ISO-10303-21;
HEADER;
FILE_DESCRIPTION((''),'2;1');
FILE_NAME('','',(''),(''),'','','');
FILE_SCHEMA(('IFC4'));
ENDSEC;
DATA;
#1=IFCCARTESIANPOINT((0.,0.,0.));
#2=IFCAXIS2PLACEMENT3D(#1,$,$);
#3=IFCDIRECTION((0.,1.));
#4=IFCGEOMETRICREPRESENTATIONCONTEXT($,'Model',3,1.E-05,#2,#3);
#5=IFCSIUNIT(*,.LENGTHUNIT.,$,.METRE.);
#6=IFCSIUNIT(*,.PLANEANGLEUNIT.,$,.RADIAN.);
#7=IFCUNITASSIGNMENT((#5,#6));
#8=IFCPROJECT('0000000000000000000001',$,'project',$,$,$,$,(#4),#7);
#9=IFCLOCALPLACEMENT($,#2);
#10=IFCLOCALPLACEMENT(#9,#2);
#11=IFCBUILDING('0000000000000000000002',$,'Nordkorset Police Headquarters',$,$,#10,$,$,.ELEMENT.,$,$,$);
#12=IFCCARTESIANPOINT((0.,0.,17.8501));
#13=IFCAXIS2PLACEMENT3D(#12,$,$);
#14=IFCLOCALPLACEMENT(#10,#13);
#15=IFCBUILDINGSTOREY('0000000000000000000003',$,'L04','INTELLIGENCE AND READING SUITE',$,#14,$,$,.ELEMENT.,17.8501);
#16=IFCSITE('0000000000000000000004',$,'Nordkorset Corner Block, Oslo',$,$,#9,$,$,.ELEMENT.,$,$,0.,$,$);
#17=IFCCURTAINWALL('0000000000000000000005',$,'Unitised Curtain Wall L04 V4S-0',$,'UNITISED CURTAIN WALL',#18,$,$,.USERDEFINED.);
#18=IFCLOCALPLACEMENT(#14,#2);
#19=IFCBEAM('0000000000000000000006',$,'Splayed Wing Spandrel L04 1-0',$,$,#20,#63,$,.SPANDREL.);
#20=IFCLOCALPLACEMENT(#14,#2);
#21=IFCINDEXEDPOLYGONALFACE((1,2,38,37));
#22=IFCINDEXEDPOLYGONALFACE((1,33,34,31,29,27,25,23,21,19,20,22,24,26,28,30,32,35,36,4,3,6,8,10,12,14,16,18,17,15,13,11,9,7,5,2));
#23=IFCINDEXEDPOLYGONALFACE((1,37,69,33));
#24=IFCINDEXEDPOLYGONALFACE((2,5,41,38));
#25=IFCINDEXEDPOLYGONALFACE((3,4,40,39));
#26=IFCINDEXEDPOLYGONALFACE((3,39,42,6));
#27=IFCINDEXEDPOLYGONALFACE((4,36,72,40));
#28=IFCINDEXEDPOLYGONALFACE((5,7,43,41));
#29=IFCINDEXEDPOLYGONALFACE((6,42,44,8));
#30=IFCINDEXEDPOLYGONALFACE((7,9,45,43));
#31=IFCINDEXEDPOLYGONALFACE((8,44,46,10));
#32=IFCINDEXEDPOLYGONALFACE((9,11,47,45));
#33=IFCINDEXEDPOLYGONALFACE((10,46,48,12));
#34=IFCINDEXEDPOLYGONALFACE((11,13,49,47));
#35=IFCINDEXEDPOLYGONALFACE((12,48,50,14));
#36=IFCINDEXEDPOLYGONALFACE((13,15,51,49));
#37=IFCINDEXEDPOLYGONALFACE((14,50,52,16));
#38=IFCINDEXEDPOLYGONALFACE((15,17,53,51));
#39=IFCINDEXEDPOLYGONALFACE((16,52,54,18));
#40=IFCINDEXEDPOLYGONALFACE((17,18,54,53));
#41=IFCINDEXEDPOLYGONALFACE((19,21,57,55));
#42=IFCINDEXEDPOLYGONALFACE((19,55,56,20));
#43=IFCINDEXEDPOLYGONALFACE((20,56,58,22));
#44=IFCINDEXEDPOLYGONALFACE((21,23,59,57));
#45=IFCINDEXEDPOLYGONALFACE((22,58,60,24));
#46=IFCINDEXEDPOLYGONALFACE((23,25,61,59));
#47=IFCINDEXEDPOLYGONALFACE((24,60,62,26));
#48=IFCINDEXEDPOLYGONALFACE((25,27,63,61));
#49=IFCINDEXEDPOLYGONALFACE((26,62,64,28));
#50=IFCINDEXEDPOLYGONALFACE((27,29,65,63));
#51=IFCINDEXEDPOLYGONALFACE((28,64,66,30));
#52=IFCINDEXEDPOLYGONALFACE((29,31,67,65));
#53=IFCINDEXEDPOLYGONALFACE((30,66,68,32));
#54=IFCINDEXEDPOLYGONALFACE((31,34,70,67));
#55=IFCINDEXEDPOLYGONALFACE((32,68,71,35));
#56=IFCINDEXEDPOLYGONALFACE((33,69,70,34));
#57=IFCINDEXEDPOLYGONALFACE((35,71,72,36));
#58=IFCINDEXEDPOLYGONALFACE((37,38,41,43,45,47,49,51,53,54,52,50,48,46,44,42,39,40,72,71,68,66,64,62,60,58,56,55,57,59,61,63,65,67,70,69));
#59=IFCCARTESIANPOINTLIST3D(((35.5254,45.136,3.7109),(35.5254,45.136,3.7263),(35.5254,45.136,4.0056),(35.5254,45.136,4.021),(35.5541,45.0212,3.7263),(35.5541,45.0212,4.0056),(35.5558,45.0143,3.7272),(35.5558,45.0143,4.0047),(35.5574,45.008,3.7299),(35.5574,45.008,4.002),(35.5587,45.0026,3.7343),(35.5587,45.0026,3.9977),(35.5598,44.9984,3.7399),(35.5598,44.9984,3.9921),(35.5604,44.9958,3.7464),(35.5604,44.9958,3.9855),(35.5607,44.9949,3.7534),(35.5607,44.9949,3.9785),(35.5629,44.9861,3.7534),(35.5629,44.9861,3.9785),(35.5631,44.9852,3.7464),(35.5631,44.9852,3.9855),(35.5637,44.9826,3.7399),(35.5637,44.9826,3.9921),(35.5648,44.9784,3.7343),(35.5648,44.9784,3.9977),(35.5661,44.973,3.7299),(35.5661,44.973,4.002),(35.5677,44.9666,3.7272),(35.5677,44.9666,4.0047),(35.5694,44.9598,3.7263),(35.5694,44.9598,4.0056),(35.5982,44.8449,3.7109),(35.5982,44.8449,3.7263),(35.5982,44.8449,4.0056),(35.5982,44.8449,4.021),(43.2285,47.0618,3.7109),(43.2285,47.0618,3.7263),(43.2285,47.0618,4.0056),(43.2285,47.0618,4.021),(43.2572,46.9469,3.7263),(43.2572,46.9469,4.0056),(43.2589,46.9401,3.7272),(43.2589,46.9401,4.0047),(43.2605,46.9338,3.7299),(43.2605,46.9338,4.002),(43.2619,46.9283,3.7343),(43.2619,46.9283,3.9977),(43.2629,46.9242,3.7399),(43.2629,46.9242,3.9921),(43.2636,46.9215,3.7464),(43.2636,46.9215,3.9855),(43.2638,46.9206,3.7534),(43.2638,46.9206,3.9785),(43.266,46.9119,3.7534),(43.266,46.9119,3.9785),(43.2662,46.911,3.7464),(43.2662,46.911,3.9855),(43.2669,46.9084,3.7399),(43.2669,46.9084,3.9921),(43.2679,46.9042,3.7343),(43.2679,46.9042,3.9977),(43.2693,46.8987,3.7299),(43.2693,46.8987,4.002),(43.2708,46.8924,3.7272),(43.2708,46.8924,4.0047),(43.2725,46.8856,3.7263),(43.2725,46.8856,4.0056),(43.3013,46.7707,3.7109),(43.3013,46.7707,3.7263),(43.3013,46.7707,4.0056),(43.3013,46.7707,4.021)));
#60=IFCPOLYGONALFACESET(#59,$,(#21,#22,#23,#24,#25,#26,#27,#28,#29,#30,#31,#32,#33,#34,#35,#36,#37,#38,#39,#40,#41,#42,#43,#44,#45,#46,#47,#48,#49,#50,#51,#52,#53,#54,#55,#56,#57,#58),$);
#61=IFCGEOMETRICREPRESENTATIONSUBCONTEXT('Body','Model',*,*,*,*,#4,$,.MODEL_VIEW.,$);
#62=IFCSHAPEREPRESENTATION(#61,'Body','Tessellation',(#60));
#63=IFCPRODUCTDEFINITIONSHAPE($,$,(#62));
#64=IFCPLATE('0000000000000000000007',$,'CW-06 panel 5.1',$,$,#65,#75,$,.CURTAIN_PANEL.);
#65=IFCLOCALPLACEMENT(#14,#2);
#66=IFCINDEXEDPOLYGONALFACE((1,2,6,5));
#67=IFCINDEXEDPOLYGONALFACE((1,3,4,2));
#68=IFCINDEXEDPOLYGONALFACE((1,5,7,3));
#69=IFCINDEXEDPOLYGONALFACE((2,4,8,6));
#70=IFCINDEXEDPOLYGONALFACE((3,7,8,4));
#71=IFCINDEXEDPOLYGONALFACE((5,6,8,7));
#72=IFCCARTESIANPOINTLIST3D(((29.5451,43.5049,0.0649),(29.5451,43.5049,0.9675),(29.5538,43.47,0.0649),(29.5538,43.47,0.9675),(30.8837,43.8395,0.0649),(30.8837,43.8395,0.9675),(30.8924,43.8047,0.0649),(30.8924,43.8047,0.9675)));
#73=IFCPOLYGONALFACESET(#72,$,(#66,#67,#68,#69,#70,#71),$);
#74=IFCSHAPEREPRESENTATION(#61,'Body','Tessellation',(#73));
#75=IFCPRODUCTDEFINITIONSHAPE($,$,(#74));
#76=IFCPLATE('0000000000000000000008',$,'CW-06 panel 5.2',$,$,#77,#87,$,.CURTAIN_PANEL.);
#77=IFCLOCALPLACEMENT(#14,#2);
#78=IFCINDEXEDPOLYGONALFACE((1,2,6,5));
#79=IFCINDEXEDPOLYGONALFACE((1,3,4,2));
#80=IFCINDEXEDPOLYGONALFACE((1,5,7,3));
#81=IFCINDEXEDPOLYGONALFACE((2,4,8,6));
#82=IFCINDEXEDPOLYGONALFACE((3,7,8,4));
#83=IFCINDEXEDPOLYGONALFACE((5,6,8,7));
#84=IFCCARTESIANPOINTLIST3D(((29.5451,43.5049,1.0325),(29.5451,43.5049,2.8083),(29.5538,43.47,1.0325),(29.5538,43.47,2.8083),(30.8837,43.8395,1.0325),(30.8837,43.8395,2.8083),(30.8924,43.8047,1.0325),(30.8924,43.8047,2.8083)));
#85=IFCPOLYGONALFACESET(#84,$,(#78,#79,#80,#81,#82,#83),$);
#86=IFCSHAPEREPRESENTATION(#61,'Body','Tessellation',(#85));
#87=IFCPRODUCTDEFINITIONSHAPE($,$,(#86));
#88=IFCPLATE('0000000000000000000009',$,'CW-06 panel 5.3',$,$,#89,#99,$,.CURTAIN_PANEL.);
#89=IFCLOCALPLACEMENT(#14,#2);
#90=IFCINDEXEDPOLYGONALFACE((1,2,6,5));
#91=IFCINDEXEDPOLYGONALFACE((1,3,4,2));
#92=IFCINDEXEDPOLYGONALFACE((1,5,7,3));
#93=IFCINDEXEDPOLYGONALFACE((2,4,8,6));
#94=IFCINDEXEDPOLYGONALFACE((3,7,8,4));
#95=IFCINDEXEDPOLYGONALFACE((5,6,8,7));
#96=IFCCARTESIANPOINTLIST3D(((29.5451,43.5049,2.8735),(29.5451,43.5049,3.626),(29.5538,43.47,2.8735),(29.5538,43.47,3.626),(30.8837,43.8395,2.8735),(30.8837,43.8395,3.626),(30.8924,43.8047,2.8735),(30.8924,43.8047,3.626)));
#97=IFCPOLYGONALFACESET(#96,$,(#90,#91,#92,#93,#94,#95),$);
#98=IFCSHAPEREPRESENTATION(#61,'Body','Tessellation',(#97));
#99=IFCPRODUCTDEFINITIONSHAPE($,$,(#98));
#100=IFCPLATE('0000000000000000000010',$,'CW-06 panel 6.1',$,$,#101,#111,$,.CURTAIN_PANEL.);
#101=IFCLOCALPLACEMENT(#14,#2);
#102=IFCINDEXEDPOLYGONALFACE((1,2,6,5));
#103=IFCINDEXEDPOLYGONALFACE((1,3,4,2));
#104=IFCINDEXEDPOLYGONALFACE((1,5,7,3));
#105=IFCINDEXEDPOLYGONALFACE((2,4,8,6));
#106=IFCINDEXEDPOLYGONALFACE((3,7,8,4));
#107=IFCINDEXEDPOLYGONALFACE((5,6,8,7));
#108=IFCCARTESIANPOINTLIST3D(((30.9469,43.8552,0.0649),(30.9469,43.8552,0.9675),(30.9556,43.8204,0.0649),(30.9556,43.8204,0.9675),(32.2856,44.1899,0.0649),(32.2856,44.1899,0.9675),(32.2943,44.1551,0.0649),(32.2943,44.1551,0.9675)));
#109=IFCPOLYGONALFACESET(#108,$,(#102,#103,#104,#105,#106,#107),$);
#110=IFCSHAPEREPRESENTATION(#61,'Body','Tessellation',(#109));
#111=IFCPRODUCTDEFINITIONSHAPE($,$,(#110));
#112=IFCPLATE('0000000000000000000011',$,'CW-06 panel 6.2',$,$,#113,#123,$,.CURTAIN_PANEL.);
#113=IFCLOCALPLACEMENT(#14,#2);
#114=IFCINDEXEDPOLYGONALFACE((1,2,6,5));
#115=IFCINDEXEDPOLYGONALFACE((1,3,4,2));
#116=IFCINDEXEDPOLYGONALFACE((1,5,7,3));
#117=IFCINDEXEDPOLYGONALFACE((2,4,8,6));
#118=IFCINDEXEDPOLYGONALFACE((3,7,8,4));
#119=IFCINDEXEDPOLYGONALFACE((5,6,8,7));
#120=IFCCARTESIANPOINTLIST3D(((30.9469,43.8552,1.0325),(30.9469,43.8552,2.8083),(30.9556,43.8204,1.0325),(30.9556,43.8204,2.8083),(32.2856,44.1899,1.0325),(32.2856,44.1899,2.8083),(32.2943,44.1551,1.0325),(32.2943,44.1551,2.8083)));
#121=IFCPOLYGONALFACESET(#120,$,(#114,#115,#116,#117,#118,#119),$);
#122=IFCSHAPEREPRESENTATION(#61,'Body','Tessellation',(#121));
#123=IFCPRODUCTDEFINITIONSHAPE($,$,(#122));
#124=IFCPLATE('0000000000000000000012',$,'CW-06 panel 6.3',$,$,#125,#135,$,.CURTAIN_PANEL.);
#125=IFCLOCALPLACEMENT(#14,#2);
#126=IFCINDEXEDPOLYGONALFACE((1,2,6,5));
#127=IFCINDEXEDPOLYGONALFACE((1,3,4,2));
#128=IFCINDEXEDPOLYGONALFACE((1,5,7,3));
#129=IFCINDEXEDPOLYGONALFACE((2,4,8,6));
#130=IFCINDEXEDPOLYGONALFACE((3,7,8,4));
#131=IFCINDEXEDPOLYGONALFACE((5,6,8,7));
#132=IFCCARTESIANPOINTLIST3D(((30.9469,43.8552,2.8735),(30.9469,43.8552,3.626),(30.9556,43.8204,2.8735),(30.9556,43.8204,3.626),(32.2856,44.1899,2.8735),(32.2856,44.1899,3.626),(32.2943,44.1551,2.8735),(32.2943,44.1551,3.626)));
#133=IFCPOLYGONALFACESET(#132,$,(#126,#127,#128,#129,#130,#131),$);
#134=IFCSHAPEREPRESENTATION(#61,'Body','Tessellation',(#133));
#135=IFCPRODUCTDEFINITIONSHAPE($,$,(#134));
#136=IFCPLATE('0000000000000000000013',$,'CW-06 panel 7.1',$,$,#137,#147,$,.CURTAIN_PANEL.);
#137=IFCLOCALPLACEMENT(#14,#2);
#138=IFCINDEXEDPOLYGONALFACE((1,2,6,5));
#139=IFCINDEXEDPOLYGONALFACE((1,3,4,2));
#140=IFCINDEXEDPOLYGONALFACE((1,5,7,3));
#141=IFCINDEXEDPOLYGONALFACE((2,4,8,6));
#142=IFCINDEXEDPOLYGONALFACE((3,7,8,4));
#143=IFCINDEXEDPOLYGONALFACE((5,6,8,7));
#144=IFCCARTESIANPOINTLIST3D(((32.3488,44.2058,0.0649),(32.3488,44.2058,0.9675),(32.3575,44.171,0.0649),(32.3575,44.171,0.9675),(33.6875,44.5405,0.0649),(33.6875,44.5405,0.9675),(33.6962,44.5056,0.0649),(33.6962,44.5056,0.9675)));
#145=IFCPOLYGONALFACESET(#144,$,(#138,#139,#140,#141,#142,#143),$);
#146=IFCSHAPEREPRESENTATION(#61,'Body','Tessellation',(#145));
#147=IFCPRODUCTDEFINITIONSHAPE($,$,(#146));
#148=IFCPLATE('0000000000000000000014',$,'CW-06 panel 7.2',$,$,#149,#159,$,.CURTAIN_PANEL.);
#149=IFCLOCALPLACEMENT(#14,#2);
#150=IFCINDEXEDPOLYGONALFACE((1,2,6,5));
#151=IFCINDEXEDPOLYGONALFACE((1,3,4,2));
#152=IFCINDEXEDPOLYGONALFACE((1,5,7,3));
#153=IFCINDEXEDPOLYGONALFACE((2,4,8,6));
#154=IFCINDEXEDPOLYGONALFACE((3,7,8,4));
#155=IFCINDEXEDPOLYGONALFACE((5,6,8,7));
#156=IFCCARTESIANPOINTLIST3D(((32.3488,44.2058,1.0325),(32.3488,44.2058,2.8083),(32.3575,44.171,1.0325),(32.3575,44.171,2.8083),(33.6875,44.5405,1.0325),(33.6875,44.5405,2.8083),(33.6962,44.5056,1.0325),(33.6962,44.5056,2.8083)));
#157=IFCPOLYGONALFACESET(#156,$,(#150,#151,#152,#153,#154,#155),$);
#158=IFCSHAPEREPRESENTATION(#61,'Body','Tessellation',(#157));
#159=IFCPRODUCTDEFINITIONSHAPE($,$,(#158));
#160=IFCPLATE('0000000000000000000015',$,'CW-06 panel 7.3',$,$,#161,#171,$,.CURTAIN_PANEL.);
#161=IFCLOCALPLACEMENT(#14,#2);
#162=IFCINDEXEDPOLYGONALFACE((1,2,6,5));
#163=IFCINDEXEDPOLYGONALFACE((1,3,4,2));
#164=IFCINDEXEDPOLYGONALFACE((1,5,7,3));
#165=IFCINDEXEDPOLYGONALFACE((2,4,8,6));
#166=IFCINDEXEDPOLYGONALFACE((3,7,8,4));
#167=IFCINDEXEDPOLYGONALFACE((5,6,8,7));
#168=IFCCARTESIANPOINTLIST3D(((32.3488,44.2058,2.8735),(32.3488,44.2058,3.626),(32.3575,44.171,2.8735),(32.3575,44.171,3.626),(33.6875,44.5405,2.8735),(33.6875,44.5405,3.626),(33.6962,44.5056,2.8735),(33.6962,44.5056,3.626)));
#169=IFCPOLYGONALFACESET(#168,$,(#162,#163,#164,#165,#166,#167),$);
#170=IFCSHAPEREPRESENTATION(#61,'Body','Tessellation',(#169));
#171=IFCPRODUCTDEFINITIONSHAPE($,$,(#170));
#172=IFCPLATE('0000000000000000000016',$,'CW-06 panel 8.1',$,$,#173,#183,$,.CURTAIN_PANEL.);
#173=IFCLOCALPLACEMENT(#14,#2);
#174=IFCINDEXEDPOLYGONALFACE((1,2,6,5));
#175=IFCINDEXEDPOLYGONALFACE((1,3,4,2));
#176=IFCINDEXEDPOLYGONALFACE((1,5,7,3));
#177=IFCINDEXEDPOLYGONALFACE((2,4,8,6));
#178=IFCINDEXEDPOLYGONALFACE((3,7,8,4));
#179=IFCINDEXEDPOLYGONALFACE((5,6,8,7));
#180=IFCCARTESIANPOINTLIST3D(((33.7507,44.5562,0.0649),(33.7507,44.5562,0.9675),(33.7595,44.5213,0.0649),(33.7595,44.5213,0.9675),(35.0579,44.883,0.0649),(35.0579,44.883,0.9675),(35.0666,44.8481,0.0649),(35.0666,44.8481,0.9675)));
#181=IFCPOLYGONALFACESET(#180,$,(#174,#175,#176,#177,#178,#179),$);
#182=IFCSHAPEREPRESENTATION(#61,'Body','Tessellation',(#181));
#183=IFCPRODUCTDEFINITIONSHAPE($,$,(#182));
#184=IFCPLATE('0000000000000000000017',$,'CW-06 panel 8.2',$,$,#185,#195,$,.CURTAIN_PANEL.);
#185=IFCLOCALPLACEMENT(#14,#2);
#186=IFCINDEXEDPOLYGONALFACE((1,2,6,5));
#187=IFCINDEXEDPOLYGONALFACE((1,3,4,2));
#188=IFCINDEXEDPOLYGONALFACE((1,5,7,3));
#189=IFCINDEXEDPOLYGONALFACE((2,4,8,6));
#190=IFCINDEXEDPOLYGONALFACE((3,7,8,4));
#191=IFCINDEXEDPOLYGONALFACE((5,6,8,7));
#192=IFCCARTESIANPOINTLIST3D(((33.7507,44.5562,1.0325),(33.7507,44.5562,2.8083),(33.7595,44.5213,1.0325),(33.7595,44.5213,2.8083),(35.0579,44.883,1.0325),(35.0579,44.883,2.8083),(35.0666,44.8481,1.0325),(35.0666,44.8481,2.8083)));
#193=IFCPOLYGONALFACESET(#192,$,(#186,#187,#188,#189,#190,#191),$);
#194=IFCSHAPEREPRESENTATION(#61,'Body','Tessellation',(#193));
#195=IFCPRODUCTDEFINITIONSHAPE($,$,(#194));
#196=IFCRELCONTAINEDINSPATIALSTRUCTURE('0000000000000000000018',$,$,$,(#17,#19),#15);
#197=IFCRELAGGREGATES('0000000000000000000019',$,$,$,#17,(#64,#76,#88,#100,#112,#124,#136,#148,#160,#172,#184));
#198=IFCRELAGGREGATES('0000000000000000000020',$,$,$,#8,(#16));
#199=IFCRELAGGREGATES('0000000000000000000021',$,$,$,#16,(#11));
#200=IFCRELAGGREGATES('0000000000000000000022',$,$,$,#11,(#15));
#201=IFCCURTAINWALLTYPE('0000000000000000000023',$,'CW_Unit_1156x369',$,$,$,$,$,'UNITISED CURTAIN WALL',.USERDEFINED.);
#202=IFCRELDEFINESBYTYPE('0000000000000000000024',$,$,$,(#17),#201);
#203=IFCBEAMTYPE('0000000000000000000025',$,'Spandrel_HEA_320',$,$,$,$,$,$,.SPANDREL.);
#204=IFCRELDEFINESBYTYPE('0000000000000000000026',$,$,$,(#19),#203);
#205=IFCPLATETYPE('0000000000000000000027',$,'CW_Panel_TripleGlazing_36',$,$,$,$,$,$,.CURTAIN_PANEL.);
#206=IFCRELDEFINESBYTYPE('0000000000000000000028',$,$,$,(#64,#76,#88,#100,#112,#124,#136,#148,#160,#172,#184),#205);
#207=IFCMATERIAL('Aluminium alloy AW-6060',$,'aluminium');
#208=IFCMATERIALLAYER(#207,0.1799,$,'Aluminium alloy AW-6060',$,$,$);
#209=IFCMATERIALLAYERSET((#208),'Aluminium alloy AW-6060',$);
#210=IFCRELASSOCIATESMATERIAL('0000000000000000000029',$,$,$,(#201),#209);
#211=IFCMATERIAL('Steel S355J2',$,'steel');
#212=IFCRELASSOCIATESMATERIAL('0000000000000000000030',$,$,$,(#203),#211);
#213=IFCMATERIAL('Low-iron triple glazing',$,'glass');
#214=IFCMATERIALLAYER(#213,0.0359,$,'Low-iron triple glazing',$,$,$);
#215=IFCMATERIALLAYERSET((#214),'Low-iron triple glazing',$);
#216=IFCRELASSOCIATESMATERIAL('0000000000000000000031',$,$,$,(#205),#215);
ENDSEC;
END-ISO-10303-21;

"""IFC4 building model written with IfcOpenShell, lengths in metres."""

from ifc_helpers import new_model, si_unit, direction, frame, origin, origin_2d, place, context, subcontext, project, spatial, rectangle, i_section, extrude, material, layer, layer_set, material_profile, profile_set, type_object, element, aggregate, save


model = new_model("IFC4")

# Units and contexts
model_context = context("Model", 3, precision=1e-05, world=origin(), true_north=direction((0.0, 1.0)))
body_context = subcontext(model_context, "Body", "Model", "MODEL_VIEW")
ifc_project = project(units=[si_unit("LENGTHUNIT", "METRE"), si_unit("PLANEANGLEUNIT", "RADIAN")], contexts=[model_context])

# Site, building, storey
site_placement = place(None, origin())
site = spatial("IfcSite", under=ifc_project, at=site_placement, Name="Nordkorset Corner Block, Oslo", CompositionType="ELEMENT", RefElevation=0.0)
building_placement = place(site_placement, origin())
building = spatial("IfcBuilding", under=site, at=building_placement, Name="Nordkorset Police Headquarters", CompositionType="ELEMENT")
storey_placement = place(building_placement, frame((0.0, 0.0, 17.8501)))
storey = spatial("IfcBuildingStorey", under=building, at=storey_placement, Name="L04", Description="INTELLIGENCE AND READING SUITE", CompositionType="ELEMENT", Elevation=17.8501)

# Curtain wall
ifc_material_1 = material(Name="Aluminium alloy AW-6060", Category="aluminium")
ifc_layer_1 = layer(ifc_material_1, 0.1799, Name="Aluminium alloy AW-6060")
ifc_layer_set_1 = layer_set([ifc_layer_1], Name="Aluminium alloy AW-6060")
curtain_wall_type_1 = type_object("IfcCurtainWallType", Name="CW_Unit_1156x369", ElementType="UNITISED CURTAIN WALL", PredefinedType="USERDEFINED", material=ifc_layer_set_1)
curtain_wall_1_placement = place(storey_placement, origin())
curtain_wall_1 = element("IfcCurtainWall", 1, at=curtain_wall_1_placement, inside=storey, type_object=curtain_wall_type_1, Name="Unitised Curtain Wall L04 V4S-0", ObjectType="UNITISED CURTAIN WALL", PredefinedType="USERDEFINED")

# Beam
ifc_material_2 = material(Name="Steel S355J2", Category="steel")
ifc_material_profile_1 = material_profile(ifc_material_2, i_section(OverallWidth=0.3, OverallDepth=0.3101, WebThickness=0.009, FlangeThickness=0.0154, FilletRadius=0.0271, at=origin_2d()), Name="HEA 320")
ifc_profile_set_1 = profile_set([ifc_material_profile_1], Name="Steel S355J2")
beam_type_1 = type_object("IfcBeamType", Name="Spandrel_HEA_320", PredefinedType="SPANDREL", material=ifc_profile_set_1)
beam_1_placement = place(storey_placement, frame((35.5618, 44.9905, 3.866), z_axis=(0.970143, 0.242536, 0.0), x_axis=(-0.242536, 0.970143, 0.0)))
element("IfcBeam", 2, at=beam_1_placement, inside=storey, type_object=beam_type_1, Name="Splayed Wing Spandrel L04 1-0", PredefinedType="SPANDREL", context=body_context, shape_type="SweptSolid", body=[
    extrude(i_section(OverallWidth=0.3, OverallDepth=0.3101, WebThickness=0.009, FlangeThickness=0.0154, FilletRadius=0.0271, at=origin_2d()), origin(), (0.0, 0.0, 1.0), 7.9402),
])

# Plates
ifc_material_3 = material(Name="Low-iron triple glazing", Category="glass")
ifc_layer_2 = layer(ifc_material_3, 0.0359, Name="Low-iron triple glazing")
ifc_layer_set_2 = layer_set([ifc_layer_2], Name="Low-iron triple glazing")
plate_type = type_object("IfcPlateType", Name="CW_Panel_TripleGlazing_36", PredefinedType="CURTAIN_PANEL", material=ifc_layer_set_2)
plate_1_placement = place(storey_placement, frame((30.2188, 43.6548, 0.0649), z_axis=(0.0, 0.0, 1.0), x_axis=(0.970143, 0.242536, 0.0)))
plate_1 = element("IfcPlate", 3, at=plate_1_placement, type_object=plate_type, Name="CW-06 panel 5.1", PredefinedType="CURTAIN_PANEL", context=body_context, shape_type="SweptSolid", body=[
    extrude(rectangle(XDim=1.3799, YDim=0.0359, at=origin_2d()), origin(), (0.0, 0.0, 1.0), 0.9026),
])
plate_2_placement = place(storey_placement, frame((30.2188, 43.6548, 1.0325), z_axis=(0.0, 0.0, 1.0), x_axis=(0.970143, 0.242536, 0.0)))
plate_2 = element("IfcPlate", 4, at=plate_2_placement, type_object=plate_type, Name="CW-06 panel 5.2", PredefinedType="CURTAIN_PANEL", context=body_context, shape_type="SweptSolid", body=[
    extrude(rectangle(XDim=1.3799, YDim=0.0359, at=origin_2d()), origin(), (0.0, 0.0, 1.0), 1.7759),
])
plate_3_placement = place(storey_placement, frame((30.2188, 43.6548, 2.8735), z_axis=(0.0, 0.0, 1.0), x_axis=(0.970143, 0.242536, 0.0)))
plate_3 = element("IfcPlate", 5, at=plate_3_placement, type_object=plate_type, Name="CW-06 panel 5.3", PredefinedType="CURTAIN_PANEL", context=body_context, shape_type="SweptSolid", body=[
    extrude(rectangle(XDim=1.3799, YDim=0.0359, at=origin_2d()), origin(), (0.0, 0.0, 1.0), 0.7524),
])
plate_4_placement = place(storey_placement, frame((31.6206, 44.0051, 0.0649), z_axis=(0.0, 0.0, 1.0), x_axis=(0.970143, 0.242536, 0.0)))
plate_4 = element("IfcPlate", 6, at=plate_4_placement, type_object=plate_type, Name="CW-06 panel 6.1", PredefinedType="CURTAIN_PANEL", context=body_context, shape_type="SweptSolid", body=[
    extrude(rectangle(XDim=1.3799, YDim=0.0359, at=origin_2d()), origin(), (0.0, 0.0, 1.0), 0.9026),
])
plate_5_placement = place(storey_placement, frame((31.6206, 44.0051, 1.0325), z_axis=(0.0, 0.0, 1.0), x_axis=(0.970143, 0.242536, 0.0)))
plate_5 = element("IfcPlate", 7, at=plate_5_placement, type_object=plate_type, Name="CW-06 panel 6.2", PredefinedType="CURTAIN_PANEL", context=body_context, shape_type="SweptSolid", body=[
    extrude(rectangle(XDim=1.3799, YDim=0.0359, at=origin_2d()), origin(), (0.0, 0.0, 1.0), 1.7759),
])
plate_6_placement = place(storey_placement, frame((31.6206, 44.0051, 2.8735), z_axis=(0.0, 0.0, 1.0), x_axis=(0.970143, 0.242536, 0.0)))
plate_6 = element("IfcPlate", 8, at=plate_6_placement, type_object=plate_type, Name="CW-06 panel 6.3", PredefinedType="CURTAIN_PANEL", context=body_context, shape_type="SweptSolid", body=[
    extrude(rectangle(XDim=1.3799, YDim=0.0359, at=origin_2d()), origin(), (0.0, 0.0, 1.0), 0.7524),
])
plate_7_placement = place(storey_placement, frame((33.0225, 44.3557, 0.0649), z_axis=(0.0, 0.0, 1.0), x_axis=(0.970143, 0.242536, 0.0)))
plate_7 = element("IfcPlate", 9, at=plate_7_placement, type_object=plate_type, Name="CW-06 panel 7.1", PredefinedType="CURTAIN_PANEL", context=body_context, shape_type="SweptSolid", body=[
    extrude(rectangle(XDim=1.3799, YDim=0.0359, at=origin_2d()), origin(), (0.0, 0.0, 1.0), 0.9026),
])
plate_8_placement = place(storey_placement, frame((33.0225, 44.3557, 1.0325), z_axis=(0.0, 0.0, 1.0), x_axis=(0.970143, 0.242536, 0.0)))
plate_8 = element("IfcPlate", 10, at=plate_8_placement, type_object=plate_type, Name="CW-06 panel 7.2", PredefinedType="CURTAIN_PANEL", context=body_context, shape_type="SweptSolid", body=[
    extrude(rectangle(XDim=1.3799, YDim=0.0359, at=origin_2d()), origin(), (0.0, 0.0, 1.0), 1.7759),
])
plate_9_placement = place(storey_placement, frame((33.0225, 44.3557, 2.8735), z_axis=(0.0, 0.0, 1.0), x_axis=(0.970143, 0.242536, 0.0)))
plate_9 = element("IfcPlate", 11, at=plate_9_placement, type_object=plate_type, Name="CW-06 panel 7.3", PredefinedType="CURTAIN_PANEL", context=body_context, shape_type="SweptSolid", body=[
    extrude(rectangle(XDim=1.3799, YDim=0.0359, at=origin_2d()), origin(), (0.0, 0.0, 1.0), 0.7524),
])
plate_10_placement = place(storey_placement, frame((34.4087, 44.7021, 0.0649), z_axis=(0.0, 0.0, 1.0), x_axis=(0.970143, 0.242536, 0.0)))
plate_10 = element("IfcPlate", 12, at=plate_10_placement, type_object=plate_type, Name="CW-06 panel 8.1", PredefinedType="CURTAIN_PANEL", context=body_context, shape_type="SweptSolid", body=[
    extrude(rectangle(XDim=1.3474, YDim=0.0359, at=origin_2d()), origin(), (0.0, 0.0, 1.0), 0.9026),
])
plate_11_placement = place(storey_placement, frame((34.4087, 44.7021, 1.0325), z_axis=(0.0, 0.0, 1.0), x_axis=(0.970143, 0.242536, 0.0)))
plate_11 = element("IfcPlate", 13, at=plate_11_placement, type_object=plate_type, Name="CW-06 panel 8.2", PredefinedType="CURTAIN_PANEL", context=body_context, shape_type="SweptSolid", body=[
    extrude(rectangle(XDim=1.3474, YDim=0.0359, at=origin_2d()), origin(), (0.0, 0.0, 1.0), 1.7759),
])
aggregate(curtain_wall_1, [plate_1, plate_2, plate_3, plate_4, plate_5, plate_6, plate_7, plate_8, plate_9, plate_10, plate_11])

save(model, "model.ifc")
